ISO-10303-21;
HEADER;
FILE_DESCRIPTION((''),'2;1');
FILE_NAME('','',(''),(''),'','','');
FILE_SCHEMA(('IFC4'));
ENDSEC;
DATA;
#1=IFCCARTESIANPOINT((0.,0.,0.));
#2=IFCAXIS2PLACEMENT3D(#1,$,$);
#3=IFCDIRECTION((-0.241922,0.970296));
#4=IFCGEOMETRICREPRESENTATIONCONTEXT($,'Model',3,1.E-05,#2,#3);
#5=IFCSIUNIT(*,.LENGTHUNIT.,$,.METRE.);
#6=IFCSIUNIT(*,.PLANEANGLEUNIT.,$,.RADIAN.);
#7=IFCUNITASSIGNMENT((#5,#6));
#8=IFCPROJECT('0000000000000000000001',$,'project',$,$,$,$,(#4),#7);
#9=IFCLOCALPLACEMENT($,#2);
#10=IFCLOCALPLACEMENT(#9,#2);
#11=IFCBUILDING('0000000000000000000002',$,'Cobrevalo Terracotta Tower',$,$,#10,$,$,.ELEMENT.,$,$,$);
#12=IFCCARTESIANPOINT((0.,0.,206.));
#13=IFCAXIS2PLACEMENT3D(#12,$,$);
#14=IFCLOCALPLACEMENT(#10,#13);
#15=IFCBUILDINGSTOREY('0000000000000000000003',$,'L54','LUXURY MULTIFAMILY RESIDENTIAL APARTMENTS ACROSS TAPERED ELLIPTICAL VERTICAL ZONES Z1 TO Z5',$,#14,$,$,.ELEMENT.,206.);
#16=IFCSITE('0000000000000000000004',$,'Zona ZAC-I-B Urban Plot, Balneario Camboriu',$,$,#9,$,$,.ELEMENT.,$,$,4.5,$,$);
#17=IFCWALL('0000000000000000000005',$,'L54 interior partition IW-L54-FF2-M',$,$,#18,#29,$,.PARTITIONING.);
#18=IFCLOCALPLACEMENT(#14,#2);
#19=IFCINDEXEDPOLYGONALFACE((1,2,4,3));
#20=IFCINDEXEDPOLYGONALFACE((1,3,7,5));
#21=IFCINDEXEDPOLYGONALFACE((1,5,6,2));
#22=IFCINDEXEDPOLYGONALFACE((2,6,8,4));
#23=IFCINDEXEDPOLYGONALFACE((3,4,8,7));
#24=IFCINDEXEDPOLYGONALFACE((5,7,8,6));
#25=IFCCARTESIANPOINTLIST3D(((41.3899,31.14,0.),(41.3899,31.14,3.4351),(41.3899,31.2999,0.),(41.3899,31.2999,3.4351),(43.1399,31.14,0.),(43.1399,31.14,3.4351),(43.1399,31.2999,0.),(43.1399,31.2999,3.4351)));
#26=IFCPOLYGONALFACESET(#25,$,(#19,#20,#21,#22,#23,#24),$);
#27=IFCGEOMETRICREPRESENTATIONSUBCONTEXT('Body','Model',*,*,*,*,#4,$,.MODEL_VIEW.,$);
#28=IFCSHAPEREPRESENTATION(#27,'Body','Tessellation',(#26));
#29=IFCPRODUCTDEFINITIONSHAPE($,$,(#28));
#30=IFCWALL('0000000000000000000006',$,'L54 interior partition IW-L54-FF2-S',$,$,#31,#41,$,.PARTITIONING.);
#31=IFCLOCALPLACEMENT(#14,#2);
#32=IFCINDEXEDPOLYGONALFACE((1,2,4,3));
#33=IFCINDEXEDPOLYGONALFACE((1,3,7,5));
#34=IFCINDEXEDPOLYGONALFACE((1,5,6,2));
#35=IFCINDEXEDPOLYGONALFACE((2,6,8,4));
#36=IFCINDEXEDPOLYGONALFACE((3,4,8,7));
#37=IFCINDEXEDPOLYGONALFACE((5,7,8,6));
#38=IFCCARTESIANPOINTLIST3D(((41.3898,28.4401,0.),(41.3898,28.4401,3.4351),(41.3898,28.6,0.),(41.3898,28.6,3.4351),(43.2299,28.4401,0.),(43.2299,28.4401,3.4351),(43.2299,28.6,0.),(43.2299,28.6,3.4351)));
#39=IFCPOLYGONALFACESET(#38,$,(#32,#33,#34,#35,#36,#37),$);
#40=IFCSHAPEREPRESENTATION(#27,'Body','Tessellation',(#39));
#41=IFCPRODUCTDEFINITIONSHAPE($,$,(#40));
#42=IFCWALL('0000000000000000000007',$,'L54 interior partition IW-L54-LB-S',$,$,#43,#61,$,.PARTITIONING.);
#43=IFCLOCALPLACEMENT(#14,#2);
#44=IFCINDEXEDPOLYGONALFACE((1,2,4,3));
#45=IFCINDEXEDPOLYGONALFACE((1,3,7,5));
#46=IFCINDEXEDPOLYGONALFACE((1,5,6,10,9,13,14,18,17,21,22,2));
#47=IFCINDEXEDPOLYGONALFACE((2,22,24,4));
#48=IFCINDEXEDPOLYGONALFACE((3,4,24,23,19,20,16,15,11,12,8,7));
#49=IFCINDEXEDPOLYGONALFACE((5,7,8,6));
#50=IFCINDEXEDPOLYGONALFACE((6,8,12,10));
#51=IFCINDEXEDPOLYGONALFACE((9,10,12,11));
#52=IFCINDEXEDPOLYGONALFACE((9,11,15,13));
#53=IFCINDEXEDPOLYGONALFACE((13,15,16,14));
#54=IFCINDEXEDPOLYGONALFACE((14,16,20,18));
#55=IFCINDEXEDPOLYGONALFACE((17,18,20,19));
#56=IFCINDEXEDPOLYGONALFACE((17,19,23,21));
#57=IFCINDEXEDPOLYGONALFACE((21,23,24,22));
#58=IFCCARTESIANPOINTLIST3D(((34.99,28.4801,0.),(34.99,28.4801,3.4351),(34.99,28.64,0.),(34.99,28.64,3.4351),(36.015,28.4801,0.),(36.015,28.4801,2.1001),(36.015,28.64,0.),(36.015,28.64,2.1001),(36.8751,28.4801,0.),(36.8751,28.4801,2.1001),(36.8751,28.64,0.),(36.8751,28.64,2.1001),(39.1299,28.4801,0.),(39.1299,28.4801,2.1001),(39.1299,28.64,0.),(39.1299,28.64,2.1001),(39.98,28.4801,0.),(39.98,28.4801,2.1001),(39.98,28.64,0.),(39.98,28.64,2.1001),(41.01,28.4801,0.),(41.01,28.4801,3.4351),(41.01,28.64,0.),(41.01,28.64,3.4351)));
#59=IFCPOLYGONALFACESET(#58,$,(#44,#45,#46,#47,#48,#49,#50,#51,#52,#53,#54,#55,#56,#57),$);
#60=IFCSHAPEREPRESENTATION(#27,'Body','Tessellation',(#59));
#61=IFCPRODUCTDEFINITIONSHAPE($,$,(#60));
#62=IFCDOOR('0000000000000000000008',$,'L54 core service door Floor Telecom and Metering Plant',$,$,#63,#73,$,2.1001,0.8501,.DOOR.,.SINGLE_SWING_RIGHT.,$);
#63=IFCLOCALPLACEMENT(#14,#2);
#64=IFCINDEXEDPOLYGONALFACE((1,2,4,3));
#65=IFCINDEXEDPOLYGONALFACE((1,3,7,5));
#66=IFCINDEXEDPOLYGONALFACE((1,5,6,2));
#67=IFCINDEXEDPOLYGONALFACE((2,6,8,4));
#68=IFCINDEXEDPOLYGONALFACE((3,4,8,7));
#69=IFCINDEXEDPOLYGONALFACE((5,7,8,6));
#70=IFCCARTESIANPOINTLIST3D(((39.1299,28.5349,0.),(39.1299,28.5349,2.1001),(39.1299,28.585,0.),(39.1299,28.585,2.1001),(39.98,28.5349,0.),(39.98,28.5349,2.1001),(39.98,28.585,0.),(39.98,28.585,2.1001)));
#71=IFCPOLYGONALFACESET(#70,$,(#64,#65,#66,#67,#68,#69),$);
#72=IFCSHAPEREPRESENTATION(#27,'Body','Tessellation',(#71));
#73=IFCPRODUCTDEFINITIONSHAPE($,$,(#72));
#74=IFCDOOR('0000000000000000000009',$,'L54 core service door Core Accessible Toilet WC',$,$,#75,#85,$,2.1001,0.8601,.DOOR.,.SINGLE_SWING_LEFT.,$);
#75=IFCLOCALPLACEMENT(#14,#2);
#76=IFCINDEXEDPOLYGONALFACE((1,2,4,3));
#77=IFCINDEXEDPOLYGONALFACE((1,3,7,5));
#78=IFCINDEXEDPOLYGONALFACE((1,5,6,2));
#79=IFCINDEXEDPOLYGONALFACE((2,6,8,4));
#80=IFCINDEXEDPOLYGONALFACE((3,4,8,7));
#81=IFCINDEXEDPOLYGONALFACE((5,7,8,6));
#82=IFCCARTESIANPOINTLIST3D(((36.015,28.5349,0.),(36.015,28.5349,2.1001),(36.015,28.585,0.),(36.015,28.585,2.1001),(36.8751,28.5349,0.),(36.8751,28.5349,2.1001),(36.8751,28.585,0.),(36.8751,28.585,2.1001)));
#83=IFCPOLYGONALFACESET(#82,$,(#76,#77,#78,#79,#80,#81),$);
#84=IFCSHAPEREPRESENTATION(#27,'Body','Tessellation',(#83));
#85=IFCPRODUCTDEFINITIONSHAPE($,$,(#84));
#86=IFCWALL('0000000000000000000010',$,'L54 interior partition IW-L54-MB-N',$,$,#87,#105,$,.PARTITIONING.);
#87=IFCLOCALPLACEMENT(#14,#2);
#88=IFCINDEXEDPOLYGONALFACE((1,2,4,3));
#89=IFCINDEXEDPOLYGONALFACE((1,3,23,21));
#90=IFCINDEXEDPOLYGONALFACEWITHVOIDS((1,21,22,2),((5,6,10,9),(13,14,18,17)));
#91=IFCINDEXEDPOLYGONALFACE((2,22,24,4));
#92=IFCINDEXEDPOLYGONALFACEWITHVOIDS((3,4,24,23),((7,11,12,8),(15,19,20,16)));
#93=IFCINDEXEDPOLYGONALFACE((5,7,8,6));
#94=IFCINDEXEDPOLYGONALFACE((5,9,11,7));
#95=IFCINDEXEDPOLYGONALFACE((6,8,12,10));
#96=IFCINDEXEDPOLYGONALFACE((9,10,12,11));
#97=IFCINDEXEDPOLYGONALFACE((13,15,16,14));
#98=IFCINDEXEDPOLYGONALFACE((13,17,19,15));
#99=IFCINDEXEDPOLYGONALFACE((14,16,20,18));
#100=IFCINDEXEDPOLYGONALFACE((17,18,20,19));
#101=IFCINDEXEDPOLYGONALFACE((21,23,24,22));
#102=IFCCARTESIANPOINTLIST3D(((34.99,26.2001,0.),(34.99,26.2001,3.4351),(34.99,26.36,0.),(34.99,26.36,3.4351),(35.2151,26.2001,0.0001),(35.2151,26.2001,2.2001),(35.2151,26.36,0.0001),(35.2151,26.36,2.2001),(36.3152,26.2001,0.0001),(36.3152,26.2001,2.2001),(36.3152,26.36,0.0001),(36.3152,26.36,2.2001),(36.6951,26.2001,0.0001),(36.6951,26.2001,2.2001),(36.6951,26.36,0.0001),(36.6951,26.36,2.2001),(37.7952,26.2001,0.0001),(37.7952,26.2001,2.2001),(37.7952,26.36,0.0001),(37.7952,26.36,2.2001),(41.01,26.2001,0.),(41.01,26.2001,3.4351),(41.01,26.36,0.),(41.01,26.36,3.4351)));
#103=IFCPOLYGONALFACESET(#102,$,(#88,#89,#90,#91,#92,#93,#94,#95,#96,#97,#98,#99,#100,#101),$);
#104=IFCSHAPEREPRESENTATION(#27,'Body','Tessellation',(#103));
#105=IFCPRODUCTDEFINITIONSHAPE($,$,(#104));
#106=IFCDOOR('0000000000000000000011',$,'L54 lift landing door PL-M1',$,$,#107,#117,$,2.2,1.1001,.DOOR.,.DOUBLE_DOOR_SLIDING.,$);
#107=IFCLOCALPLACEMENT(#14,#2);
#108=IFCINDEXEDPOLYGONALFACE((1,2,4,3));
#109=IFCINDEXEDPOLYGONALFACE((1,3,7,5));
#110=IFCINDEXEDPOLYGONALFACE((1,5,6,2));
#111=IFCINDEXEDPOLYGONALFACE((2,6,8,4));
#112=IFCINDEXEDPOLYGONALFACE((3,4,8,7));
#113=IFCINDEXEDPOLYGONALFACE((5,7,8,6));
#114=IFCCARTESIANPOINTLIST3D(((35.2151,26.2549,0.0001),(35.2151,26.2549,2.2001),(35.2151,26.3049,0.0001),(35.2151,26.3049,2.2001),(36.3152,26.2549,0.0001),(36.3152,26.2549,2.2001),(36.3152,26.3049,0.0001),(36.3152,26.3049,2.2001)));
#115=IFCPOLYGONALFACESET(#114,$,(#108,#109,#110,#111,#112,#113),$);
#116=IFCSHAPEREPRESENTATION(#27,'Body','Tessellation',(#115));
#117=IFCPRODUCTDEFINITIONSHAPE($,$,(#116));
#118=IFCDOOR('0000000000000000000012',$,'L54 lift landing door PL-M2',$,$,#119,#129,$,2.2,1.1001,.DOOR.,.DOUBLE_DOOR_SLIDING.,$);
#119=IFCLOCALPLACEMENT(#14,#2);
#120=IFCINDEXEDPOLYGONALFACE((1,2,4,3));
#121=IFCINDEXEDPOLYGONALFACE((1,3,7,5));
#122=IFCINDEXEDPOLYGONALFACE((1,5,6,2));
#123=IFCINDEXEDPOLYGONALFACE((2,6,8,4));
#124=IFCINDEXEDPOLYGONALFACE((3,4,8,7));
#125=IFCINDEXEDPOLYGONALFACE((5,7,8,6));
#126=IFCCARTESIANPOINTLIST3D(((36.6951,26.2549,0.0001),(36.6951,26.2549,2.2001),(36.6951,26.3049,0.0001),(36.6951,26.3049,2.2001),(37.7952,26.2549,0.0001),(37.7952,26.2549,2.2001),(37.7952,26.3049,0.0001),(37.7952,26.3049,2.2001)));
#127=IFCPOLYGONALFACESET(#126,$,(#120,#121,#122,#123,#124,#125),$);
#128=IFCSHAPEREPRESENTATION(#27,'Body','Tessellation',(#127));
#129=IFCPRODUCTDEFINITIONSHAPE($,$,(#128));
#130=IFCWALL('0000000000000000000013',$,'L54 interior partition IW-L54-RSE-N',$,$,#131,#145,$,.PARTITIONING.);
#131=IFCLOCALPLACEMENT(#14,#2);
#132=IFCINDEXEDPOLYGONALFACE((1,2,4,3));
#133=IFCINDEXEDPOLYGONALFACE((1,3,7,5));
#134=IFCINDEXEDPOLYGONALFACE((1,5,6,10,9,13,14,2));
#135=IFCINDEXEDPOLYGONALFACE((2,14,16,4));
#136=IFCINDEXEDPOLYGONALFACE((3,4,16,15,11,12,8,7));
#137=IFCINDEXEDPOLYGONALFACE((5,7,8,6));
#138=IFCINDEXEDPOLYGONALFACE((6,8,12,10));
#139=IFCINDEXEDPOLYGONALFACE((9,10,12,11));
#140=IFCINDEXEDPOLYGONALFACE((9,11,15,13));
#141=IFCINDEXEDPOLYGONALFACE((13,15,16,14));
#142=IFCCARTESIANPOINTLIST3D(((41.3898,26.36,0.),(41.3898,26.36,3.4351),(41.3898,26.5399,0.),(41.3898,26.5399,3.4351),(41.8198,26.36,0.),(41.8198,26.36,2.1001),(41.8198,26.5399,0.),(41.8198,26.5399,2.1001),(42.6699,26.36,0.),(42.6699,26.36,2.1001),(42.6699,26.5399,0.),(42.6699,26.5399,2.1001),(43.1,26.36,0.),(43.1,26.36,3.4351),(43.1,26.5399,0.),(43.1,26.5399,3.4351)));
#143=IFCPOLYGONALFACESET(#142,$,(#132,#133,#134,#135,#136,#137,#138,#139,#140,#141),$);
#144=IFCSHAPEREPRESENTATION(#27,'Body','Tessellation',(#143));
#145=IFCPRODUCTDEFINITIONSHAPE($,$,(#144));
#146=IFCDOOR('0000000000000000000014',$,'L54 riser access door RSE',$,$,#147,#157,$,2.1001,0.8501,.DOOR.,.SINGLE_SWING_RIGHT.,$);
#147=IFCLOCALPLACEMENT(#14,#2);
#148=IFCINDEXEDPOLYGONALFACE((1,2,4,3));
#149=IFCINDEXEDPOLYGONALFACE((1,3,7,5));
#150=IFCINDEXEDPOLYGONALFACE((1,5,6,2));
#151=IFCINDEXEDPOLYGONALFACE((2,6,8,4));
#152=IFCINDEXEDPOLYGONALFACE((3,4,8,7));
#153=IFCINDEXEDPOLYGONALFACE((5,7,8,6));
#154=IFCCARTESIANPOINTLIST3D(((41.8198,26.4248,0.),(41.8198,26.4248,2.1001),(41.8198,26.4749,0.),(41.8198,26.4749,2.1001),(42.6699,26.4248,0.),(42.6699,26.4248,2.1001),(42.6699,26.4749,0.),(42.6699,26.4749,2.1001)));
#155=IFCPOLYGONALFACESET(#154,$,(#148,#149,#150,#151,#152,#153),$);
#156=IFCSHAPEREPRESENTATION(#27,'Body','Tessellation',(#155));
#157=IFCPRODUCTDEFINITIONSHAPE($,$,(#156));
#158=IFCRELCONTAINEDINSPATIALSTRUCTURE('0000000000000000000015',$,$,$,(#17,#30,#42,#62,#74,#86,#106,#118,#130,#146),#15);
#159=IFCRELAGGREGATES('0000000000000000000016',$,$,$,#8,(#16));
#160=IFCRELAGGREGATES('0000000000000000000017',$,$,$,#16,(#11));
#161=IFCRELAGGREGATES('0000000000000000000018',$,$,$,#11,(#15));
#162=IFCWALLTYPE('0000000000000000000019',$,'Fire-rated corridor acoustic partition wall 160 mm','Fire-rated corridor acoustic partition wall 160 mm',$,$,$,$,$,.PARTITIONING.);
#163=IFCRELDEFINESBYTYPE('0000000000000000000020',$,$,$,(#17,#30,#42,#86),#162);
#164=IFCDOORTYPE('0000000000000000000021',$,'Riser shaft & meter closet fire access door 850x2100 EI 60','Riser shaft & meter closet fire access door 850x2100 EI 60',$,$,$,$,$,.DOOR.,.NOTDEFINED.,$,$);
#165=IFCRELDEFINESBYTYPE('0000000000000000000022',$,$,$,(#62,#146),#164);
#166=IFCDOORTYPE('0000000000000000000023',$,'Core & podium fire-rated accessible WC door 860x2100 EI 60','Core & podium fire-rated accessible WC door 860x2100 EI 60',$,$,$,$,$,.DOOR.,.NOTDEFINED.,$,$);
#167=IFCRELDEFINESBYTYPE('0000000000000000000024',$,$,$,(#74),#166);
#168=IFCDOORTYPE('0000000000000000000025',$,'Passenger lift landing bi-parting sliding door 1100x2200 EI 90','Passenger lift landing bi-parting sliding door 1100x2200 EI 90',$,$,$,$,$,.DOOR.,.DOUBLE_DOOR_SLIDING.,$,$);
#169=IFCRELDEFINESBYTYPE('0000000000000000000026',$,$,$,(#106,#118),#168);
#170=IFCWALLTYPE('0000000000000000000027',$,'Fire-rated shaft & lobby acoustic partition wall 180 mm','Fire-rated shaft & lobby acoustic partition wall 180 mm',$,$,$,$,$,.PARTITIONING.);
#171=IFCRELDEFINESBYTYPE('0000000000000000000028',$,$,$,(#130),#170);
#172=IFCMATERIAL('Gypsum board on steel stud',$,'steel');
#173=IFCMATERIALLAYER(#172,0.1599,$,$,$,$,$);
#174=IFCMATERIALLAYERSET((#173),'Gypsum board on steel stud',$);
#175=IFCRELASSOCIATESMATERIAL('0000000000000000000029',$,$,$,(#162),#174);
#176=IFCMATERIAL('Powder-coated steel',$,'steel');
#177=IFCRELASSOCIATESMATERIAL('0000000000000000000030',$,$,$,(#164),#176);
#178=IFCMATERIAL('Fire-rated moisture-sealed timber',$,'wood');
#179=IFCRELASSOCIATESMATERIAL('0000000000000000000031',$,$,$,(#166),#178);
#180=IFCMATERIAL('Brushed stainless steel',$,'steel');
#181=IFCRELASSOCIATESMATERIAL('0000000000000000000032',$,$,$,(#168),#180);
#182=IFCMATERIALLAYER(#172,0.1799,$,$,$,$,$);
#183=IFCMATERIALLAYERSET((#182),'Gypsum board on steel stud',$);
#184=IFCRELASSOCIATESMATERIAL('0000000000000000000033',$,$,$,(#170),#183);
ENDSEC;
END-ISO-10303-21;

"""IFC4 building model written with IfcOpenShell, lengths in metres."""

from ifc_helpers import new_model, si_unit, direction, frame, frame_2d, origin, place, context, subcontext, project, spatial, rectangle, extrude, source, transform, mapped, material, layer, layer_set, type_object, element, fill, save


model = new_model("IFC4")

# Units and contexts
model_context = context("Model", 3, precision=1e-05, world=origin(), true_north=direction((-0.241922, 0.970296)))
body_context = subcontext(model_context, "Body", "Model", "MODEL_VIEW")
ifc_project = project(units=[si_unit("LENGTHUNIT", "METRE"), si_unit("PLANEANGLEUNIT", "RADIAN")], contexts=[model_context])

# Site, building, storey
site_placement = place(None, origin())
site = spatial("IfcSite", under=ifc_project, at=site_placement, Name="Zona ZAC-I-B Urban Plot, Balneario Camboriu", CompositionType="ELEMENT", RefElevation=4.5)
building_placement = place(site_placement, origin())
building = spatial("IfcBuilding", under=site, at=building_placement, Name="Cobrevalo Terracotta Tower", CompositionType="ELEMENT")
storey_placement = place(building_placement, frame((0.0, 0.0, 206.0)))
storey = spatial("IfcBuildingStorey", under=building, at=storey_placement, Name="L54", Description="LUXURY MULTIFAMILY RESIDENTIAL APARTMENTS ACROSS TAPERED ELLIPTICAL VERTICAL ZONES Z1 TO Z5", CompositionType="ELEMENT", Elevation=206.0)

# Walls
ifc_material_1 = material(Name="Gypsum board on steel stud", Category="steel")
ifc_layer_1 = layer(ifc_material_1, 0.1599)
ifc_layer_set_1 = layer_set([ifc_layer_1], Name="Gypsum board on steel stud")
wall_type_1 = type_object("IfcWallType", Name="Fire-rated corridor acoustic partition wall 160 mm", Description="Fire-rated corridor acoustic partition wall 160 mm", PredefinedType="PARTITIONING", material=ifc_layer_set_1)
wall_1_placement = place(storey_placement, frame((41.3899, 31.22, 0.0), z_axis=(0.0, 0.0, 1.0), x_axis=(1.0, 0.0, 0.0)))
element("IfcWall", 1, at=wall_1_placement, inside=storey, type_object=wall_type_1, Name="L54 interior partition IW-L54-FF2-M", PredefinedType="PARTITIONING", context=body_context, shape_type="SweptSolid", body=[
    extrude(rectangle(XDim=1.75, YDim=0.1599, at=frame_2d((0.875, 0.0))), origin(), (0.0, 0.0, 1.0), 3.4351),
])
wall_2_placement = place(storey_placement, frame((41.3899, 28.52, 0.0), z_axis=(0.0, 0.0, 1.0), x_axis=(1.0, 0.0, 0.0)))
element("IfcWall", 2, at=wall_2_placement, inside=storey, type_object=wall_type_1, Name="L54 interior partition IW-L54-FF2-S", PredefinedType="PARTITIONING", context=body_context, shape_type="SweptSolid", body=[
    extrude(rectangle(XDim=1.8401, YDim=0.1599, at=frame_2d((0.9199, 0.0))), origin(), (0.0, 0.0, 1.0), 3.4351),
])

# Walls, openings, doors
wall_3_placement = place(storey_placement, frame((34.99, 28.5601, 0.0), z_axis=(0.0, 0.0, 1.0), x_axis=(1.0, 0.0, 0.0)))
wall_3 = element("IfcWall", 3, at=wall_3_placement, inside=storey, type_object=wall_type_1, Name="L54 interior partition IW-L54-LB-S", PredefinedType="PARTITIONING", context=body_context, shape_type="SweptSolid", body=[
    extrude(rectangle(XDim=6.02, YDim=0.1599, at=frame_2d((3.01, 0.0))), origin(), (0.0, 0.0, 1.0), 3.4351),
])
opening_1_placement = place(wall_3_placement, frame((1.0249, 0.0, 0.0)))
opening_1 = element("IfcOpeningElement", 4, at=opening_1_placement, cuts=wall_3, PredefinedType="OPENING", context=body_context, shape_type="SweptSolid", body=[
    extrude(rectangle(XDim=0.8601, YDim=2.1001, at=frame_2d((0.4302, 1.05))), frame((0.0, 0.0898, 0.0), z_axis=(0.0, -1.0, 0.0), x_axis=(1.0, 0.0, 0.0)), (0.0, 0.0, 1.0), 0.1799),
])
opening_2_placement = place(wall_3_placement, frame((4.1399, 0.0, 0.0)))
opening_2 = element("IfcOpeningElement", 5, at=opening_2_placement, cuts=wall_3, PredefinedType="OPENING", context=body_context, shape_type="SweptSolid", body=[
    extrude(rectangle(XDim=0.8501, YDim=2.1001, at=frame_2d((0.425, 1.05))), frame((0.0, 0.0898, 0.0), z_axis=(0.0, -1.0, 0.0), x_axis=(1.0, 0.0, 0.0)), (0.0, 0.0, 1.0), 0.1799),
])
ifc_material_2 = material(Name="Powder-coated steel", Category="steel")
door_type_1 = type_object("IfcDoorType", Name="Riser shaft & meter closet fire access door 850x2100 EI 60", Description="Riser shaft & meter closet fire access door 850x2100 EI 60", OperationType="NOTDEFINED", PredefinedType="DOOR", material=ifc_material_2)
shared_shape_1 = source(origin(), body_context, "Body", "SweptSolid", [
    extrude(rectangle(XDim=0.8501, YDim=2.1001, at=frame_2d((0.425, 1.05))), frame((0.0, 0.0249, 0.0), z_axis=(0.0, -1.0, 0.0), x_axis=(1.0, 0.0, 0.0)), (0.0, 0.0, 1.0), 0.05),
])
door_1_placement = place(opening_2_placement, origin())
door_1 = element("IfcDoor", 6, at=door_1_placement, inside=storey, type_object=door_type_1, Name="L54 core service door Floor Telecom and Metering Plant", OperationType="SINGLE_SWING_RIGHT", OverallHeight=2.1001, OverallWidth=0.8501, PredefinedType="DOOR", context=body_context, shape_type="MappedRepresentation", body=[
    mapped(shared_shape_1, transform((0.0, 0.0, 0.0), scale=1.0)),
])
fill(opening_2, door_1)
ifc_material_3 = material(Name="Fire-rated moisture-sealed timber", Category="wood")
door_type_2 = type_object("IfcDoorType", Name="Core & podium fire-rated accessible WC door 860x2100 EI 60", Description="Core & podium fire-rated accessible WC door 860x2100 EI 60", OperationType="NOTDEFINED", PredefinedType="DOOR", material=ifc_material_3)
shared_shape_2 = source(origin(), body_context, "Body", "SweptSolid", [
    extrude(rectangle(XDim=0.8601, YDim=2.1001, at=frame_2d((0.4302, 1.05))), frame((0.0, 0.0249, 0.0), z_axis=(0.0, -1.0, 0.0), x_axis=(1.0, 0.0, 0.0)), (0.0, 0.0, 1.0), 0.05),
])
door_2_placement = place(opening_1_placement, origin())
door_2 = element("IfcDoor", 7, at=door_2_placement, inside=storey, type_object=door_type_2, Name="L54 core service door Core Accessible Toilet WC", OperationType="SINGLE_SWING_LEFT", OverallHeight=2.1001, OverallWidth=0.8601, PredefinedType="DOOR", context=body_context, shape_type="MappedRepresentation", body=[
    mapped(shared_shape_2, transform((0.0, 0.0, 0.0), scale=1.0)),
])
fill(opening_1, door_2)
wall_4_placement = place(storey_placement, frame((34.99, 26.28, 0.0), z_axis=(0.0, 0.0, 1.0), x_axis=(1.0, 0.0, 0.0)))
wall_4 = element("IfcWall", 8, at=wall_4_placement, inside=storey, type_object=wall_type_1, Name="L54 interior partition IW-L54-MB-N", PredefinedType="PARTITIONING", context=body_context, shape_type="SweptSolid", body=[
    extrude(rectangle(XDim=6.02, YDim=0.1599, at=frame_2d((3.01, 0.0))), origin(), (0.0, 0.0, 1.0), 3.4351),
])
opening_3_placement = place(wall_4_placement, frame((0.2251, 0.0, 0.0)))
opening_3 = element("IfcOpeningElement", 9, at=opening_3_placement, cuts=wall_4, PredefinedType="OPENING", context=body_context, shape_type="SweptSolid", body=[
    extrude(rectangle(XDim=1.1001, YDim=2.2, at=frame_2d((0.55, 1.1001))), frame((0.0, 0.0898, 0.0), z_axis=(0.0, -1.0, 0.0), x_axis=(1.0, 0.0, 0.0)), (0.0, 0.0, 1.0), 0.1799),
])
opening_4_placement = place(wall_4_placement, frame((1.7051, 0.0, 0.0)))
opening_4 = element("IfcOpeningElement", 10, at=opening_4_placement, cuts=wall_4, PredefinedType="OPENING", context=body_context, shape_type="SweptSolid", body=[
    extrude(rectangle(XDim=1.1001, YDim=2.2, at=frame_2d((0.55, 1.1001))), frame((0.0, 0.0898, 0.0), z_axis=(0.0, -1.0, 0.0), x_axis=(1.0, 0.0, 0.0)), (0.0, 0.0, 1.0), 0.1799),
])
ifc_material_4 = material(Name="Brushed stainless steel", Category="steel")
door_type_3 = type_object("IfcDoorType", Name="Passenger lift landing bi-parting sliding door 1100x2200 EI 90", Description="Passenger lift landing bi-parting sliding door 1100x2200 EI 90", OperationType="DOUBLE_DOOR_SLIDING", PredefinedType="DOOR", material=ifc_material_4)
shared_shape_3 = source(origin(), body_context, "Body", "SweptSolid", [
    extrude(rectangle(XDim=1.1001, YDim=2.2, at=frame_2d((0.55, 1.1001))), frame((0.0, 0.0249, 0.0), z_axis=(0.0, -1.0, 0.0), x_axis=(1.0, 0.0, 0.0)), (0.0, 0.0, 1.0), 0.05),
])
door_3_placement = place(opening_3_placement, origin())
door_3 = element("IfcDoor", 11, at=door_3_placement, inside=storey, type_object=door_type_3, Name="L54 lift landing door PL-M1", OperationType="DOUBLE_DOOR_SLIDING", OverallHeight=2.2, OverallWidth=1.1001, PredefinedType="DOOR", context=body_context, shape_type="MappedRepresentation", body=[
    mapped(shared_shape_3, transform((0.0, 0.0, 0.0), scale=1.0)),
])
fill(opening_3, door_3)
door_4_placement = place(opening_4_placement, origin())
door_4 = element("IfcDoor", 12, at=door_4_placement, inside=storey, type_object=door_type_3, Name="L54 lift landing door PL-M2", OperationType="DOUBLE_DOOR_SLIDING", OverallHeight=2.2, OverallWidth=1.1001, PredefinedType="DOOR", context=body_context, shape_type="MappedRepresentation", body=[
    mapped(shared_shape_3, transform((0.0, 0.0, 0.0), scale=1.0)),
])
fill(opening_4, door_4)

# Wall, opening, door
ifc_layer_2 = layer(ifc_material_1, 0.1799)
ifc_layer_set_2 = layer_set([ifc_layer_2], Name="Gypsum board on steel stud")
wall_type_2 = type_object("IfcWallType", Name="Fire-rated shaft & lobby acoustic partition wall 180 mm", Description="Fire-rated shaft & lobby acoustic partition wall 180 mm", PredefinedType="PARTITIONING", material=ifc_layer_set_2)
wall_5_placement = place(storey_placement, frame((41.3899, 26.45, 0.0), z_axis=(0.0, 0.0, 1.0), x_axis=(1.0, 0.0, 0.0)))
wall_5 = element("IfcWall", 13, at=wall_5_placement, inside=storey, type_object=wall_type_2, Name="L54 interior partition IW-L54-RSE-N", PredefinedType="PARTITIONING", context=body_context, shape_type="SweptSolid", body=[
    extrude(rectangle(XDim=1.7102, YDim=0.1799, at=frame_2d((0.855, 0.0))), origin(), (0.0, 0.0, 1.0), 3.4351),
])
opening_5_placement = place(wall_5_placement, frame((0.4299, 0.0, 0.0)))
opening_5 = element("IfcOpeningElement", 14, at=opening_5_placement, cuts=wall_5, PredefinedType="OPENING", context=body_context, shape_type="SweptSolid", body=[
    extrude(rectangle(XDim=0.8501, YDim=2.1001, at=frame_2d((0.425, 1.05))), frame((0.0, 0.1001, 0.0), z_axis=(0.0, -1.0, 0.0), x_axis=(1.0, 0.0, 0.0)), (0.0, 0.0, 1.0), 0.2),
])
door_5_placement = place(opening_5_placement, origin())
door_5 = element("IfcDoor", 15, at=door_5_placement, inside=storey, type_object=door_type_1, Name="L54 riser access door RSE", OperationType="SINGLE_SWING_RIGHT", OverallHeight=2.1001, OverallWidth=0.8501, PredefinedType="DOOR", context=body_context, shape_type="MappedRepresentation", body=[
    mapped(shared_shape_1, transform((0.0, 0.0, 0.0), scale=1.0)),
])
fill(opening_5, door_5)

save(model, "model.ifc")
